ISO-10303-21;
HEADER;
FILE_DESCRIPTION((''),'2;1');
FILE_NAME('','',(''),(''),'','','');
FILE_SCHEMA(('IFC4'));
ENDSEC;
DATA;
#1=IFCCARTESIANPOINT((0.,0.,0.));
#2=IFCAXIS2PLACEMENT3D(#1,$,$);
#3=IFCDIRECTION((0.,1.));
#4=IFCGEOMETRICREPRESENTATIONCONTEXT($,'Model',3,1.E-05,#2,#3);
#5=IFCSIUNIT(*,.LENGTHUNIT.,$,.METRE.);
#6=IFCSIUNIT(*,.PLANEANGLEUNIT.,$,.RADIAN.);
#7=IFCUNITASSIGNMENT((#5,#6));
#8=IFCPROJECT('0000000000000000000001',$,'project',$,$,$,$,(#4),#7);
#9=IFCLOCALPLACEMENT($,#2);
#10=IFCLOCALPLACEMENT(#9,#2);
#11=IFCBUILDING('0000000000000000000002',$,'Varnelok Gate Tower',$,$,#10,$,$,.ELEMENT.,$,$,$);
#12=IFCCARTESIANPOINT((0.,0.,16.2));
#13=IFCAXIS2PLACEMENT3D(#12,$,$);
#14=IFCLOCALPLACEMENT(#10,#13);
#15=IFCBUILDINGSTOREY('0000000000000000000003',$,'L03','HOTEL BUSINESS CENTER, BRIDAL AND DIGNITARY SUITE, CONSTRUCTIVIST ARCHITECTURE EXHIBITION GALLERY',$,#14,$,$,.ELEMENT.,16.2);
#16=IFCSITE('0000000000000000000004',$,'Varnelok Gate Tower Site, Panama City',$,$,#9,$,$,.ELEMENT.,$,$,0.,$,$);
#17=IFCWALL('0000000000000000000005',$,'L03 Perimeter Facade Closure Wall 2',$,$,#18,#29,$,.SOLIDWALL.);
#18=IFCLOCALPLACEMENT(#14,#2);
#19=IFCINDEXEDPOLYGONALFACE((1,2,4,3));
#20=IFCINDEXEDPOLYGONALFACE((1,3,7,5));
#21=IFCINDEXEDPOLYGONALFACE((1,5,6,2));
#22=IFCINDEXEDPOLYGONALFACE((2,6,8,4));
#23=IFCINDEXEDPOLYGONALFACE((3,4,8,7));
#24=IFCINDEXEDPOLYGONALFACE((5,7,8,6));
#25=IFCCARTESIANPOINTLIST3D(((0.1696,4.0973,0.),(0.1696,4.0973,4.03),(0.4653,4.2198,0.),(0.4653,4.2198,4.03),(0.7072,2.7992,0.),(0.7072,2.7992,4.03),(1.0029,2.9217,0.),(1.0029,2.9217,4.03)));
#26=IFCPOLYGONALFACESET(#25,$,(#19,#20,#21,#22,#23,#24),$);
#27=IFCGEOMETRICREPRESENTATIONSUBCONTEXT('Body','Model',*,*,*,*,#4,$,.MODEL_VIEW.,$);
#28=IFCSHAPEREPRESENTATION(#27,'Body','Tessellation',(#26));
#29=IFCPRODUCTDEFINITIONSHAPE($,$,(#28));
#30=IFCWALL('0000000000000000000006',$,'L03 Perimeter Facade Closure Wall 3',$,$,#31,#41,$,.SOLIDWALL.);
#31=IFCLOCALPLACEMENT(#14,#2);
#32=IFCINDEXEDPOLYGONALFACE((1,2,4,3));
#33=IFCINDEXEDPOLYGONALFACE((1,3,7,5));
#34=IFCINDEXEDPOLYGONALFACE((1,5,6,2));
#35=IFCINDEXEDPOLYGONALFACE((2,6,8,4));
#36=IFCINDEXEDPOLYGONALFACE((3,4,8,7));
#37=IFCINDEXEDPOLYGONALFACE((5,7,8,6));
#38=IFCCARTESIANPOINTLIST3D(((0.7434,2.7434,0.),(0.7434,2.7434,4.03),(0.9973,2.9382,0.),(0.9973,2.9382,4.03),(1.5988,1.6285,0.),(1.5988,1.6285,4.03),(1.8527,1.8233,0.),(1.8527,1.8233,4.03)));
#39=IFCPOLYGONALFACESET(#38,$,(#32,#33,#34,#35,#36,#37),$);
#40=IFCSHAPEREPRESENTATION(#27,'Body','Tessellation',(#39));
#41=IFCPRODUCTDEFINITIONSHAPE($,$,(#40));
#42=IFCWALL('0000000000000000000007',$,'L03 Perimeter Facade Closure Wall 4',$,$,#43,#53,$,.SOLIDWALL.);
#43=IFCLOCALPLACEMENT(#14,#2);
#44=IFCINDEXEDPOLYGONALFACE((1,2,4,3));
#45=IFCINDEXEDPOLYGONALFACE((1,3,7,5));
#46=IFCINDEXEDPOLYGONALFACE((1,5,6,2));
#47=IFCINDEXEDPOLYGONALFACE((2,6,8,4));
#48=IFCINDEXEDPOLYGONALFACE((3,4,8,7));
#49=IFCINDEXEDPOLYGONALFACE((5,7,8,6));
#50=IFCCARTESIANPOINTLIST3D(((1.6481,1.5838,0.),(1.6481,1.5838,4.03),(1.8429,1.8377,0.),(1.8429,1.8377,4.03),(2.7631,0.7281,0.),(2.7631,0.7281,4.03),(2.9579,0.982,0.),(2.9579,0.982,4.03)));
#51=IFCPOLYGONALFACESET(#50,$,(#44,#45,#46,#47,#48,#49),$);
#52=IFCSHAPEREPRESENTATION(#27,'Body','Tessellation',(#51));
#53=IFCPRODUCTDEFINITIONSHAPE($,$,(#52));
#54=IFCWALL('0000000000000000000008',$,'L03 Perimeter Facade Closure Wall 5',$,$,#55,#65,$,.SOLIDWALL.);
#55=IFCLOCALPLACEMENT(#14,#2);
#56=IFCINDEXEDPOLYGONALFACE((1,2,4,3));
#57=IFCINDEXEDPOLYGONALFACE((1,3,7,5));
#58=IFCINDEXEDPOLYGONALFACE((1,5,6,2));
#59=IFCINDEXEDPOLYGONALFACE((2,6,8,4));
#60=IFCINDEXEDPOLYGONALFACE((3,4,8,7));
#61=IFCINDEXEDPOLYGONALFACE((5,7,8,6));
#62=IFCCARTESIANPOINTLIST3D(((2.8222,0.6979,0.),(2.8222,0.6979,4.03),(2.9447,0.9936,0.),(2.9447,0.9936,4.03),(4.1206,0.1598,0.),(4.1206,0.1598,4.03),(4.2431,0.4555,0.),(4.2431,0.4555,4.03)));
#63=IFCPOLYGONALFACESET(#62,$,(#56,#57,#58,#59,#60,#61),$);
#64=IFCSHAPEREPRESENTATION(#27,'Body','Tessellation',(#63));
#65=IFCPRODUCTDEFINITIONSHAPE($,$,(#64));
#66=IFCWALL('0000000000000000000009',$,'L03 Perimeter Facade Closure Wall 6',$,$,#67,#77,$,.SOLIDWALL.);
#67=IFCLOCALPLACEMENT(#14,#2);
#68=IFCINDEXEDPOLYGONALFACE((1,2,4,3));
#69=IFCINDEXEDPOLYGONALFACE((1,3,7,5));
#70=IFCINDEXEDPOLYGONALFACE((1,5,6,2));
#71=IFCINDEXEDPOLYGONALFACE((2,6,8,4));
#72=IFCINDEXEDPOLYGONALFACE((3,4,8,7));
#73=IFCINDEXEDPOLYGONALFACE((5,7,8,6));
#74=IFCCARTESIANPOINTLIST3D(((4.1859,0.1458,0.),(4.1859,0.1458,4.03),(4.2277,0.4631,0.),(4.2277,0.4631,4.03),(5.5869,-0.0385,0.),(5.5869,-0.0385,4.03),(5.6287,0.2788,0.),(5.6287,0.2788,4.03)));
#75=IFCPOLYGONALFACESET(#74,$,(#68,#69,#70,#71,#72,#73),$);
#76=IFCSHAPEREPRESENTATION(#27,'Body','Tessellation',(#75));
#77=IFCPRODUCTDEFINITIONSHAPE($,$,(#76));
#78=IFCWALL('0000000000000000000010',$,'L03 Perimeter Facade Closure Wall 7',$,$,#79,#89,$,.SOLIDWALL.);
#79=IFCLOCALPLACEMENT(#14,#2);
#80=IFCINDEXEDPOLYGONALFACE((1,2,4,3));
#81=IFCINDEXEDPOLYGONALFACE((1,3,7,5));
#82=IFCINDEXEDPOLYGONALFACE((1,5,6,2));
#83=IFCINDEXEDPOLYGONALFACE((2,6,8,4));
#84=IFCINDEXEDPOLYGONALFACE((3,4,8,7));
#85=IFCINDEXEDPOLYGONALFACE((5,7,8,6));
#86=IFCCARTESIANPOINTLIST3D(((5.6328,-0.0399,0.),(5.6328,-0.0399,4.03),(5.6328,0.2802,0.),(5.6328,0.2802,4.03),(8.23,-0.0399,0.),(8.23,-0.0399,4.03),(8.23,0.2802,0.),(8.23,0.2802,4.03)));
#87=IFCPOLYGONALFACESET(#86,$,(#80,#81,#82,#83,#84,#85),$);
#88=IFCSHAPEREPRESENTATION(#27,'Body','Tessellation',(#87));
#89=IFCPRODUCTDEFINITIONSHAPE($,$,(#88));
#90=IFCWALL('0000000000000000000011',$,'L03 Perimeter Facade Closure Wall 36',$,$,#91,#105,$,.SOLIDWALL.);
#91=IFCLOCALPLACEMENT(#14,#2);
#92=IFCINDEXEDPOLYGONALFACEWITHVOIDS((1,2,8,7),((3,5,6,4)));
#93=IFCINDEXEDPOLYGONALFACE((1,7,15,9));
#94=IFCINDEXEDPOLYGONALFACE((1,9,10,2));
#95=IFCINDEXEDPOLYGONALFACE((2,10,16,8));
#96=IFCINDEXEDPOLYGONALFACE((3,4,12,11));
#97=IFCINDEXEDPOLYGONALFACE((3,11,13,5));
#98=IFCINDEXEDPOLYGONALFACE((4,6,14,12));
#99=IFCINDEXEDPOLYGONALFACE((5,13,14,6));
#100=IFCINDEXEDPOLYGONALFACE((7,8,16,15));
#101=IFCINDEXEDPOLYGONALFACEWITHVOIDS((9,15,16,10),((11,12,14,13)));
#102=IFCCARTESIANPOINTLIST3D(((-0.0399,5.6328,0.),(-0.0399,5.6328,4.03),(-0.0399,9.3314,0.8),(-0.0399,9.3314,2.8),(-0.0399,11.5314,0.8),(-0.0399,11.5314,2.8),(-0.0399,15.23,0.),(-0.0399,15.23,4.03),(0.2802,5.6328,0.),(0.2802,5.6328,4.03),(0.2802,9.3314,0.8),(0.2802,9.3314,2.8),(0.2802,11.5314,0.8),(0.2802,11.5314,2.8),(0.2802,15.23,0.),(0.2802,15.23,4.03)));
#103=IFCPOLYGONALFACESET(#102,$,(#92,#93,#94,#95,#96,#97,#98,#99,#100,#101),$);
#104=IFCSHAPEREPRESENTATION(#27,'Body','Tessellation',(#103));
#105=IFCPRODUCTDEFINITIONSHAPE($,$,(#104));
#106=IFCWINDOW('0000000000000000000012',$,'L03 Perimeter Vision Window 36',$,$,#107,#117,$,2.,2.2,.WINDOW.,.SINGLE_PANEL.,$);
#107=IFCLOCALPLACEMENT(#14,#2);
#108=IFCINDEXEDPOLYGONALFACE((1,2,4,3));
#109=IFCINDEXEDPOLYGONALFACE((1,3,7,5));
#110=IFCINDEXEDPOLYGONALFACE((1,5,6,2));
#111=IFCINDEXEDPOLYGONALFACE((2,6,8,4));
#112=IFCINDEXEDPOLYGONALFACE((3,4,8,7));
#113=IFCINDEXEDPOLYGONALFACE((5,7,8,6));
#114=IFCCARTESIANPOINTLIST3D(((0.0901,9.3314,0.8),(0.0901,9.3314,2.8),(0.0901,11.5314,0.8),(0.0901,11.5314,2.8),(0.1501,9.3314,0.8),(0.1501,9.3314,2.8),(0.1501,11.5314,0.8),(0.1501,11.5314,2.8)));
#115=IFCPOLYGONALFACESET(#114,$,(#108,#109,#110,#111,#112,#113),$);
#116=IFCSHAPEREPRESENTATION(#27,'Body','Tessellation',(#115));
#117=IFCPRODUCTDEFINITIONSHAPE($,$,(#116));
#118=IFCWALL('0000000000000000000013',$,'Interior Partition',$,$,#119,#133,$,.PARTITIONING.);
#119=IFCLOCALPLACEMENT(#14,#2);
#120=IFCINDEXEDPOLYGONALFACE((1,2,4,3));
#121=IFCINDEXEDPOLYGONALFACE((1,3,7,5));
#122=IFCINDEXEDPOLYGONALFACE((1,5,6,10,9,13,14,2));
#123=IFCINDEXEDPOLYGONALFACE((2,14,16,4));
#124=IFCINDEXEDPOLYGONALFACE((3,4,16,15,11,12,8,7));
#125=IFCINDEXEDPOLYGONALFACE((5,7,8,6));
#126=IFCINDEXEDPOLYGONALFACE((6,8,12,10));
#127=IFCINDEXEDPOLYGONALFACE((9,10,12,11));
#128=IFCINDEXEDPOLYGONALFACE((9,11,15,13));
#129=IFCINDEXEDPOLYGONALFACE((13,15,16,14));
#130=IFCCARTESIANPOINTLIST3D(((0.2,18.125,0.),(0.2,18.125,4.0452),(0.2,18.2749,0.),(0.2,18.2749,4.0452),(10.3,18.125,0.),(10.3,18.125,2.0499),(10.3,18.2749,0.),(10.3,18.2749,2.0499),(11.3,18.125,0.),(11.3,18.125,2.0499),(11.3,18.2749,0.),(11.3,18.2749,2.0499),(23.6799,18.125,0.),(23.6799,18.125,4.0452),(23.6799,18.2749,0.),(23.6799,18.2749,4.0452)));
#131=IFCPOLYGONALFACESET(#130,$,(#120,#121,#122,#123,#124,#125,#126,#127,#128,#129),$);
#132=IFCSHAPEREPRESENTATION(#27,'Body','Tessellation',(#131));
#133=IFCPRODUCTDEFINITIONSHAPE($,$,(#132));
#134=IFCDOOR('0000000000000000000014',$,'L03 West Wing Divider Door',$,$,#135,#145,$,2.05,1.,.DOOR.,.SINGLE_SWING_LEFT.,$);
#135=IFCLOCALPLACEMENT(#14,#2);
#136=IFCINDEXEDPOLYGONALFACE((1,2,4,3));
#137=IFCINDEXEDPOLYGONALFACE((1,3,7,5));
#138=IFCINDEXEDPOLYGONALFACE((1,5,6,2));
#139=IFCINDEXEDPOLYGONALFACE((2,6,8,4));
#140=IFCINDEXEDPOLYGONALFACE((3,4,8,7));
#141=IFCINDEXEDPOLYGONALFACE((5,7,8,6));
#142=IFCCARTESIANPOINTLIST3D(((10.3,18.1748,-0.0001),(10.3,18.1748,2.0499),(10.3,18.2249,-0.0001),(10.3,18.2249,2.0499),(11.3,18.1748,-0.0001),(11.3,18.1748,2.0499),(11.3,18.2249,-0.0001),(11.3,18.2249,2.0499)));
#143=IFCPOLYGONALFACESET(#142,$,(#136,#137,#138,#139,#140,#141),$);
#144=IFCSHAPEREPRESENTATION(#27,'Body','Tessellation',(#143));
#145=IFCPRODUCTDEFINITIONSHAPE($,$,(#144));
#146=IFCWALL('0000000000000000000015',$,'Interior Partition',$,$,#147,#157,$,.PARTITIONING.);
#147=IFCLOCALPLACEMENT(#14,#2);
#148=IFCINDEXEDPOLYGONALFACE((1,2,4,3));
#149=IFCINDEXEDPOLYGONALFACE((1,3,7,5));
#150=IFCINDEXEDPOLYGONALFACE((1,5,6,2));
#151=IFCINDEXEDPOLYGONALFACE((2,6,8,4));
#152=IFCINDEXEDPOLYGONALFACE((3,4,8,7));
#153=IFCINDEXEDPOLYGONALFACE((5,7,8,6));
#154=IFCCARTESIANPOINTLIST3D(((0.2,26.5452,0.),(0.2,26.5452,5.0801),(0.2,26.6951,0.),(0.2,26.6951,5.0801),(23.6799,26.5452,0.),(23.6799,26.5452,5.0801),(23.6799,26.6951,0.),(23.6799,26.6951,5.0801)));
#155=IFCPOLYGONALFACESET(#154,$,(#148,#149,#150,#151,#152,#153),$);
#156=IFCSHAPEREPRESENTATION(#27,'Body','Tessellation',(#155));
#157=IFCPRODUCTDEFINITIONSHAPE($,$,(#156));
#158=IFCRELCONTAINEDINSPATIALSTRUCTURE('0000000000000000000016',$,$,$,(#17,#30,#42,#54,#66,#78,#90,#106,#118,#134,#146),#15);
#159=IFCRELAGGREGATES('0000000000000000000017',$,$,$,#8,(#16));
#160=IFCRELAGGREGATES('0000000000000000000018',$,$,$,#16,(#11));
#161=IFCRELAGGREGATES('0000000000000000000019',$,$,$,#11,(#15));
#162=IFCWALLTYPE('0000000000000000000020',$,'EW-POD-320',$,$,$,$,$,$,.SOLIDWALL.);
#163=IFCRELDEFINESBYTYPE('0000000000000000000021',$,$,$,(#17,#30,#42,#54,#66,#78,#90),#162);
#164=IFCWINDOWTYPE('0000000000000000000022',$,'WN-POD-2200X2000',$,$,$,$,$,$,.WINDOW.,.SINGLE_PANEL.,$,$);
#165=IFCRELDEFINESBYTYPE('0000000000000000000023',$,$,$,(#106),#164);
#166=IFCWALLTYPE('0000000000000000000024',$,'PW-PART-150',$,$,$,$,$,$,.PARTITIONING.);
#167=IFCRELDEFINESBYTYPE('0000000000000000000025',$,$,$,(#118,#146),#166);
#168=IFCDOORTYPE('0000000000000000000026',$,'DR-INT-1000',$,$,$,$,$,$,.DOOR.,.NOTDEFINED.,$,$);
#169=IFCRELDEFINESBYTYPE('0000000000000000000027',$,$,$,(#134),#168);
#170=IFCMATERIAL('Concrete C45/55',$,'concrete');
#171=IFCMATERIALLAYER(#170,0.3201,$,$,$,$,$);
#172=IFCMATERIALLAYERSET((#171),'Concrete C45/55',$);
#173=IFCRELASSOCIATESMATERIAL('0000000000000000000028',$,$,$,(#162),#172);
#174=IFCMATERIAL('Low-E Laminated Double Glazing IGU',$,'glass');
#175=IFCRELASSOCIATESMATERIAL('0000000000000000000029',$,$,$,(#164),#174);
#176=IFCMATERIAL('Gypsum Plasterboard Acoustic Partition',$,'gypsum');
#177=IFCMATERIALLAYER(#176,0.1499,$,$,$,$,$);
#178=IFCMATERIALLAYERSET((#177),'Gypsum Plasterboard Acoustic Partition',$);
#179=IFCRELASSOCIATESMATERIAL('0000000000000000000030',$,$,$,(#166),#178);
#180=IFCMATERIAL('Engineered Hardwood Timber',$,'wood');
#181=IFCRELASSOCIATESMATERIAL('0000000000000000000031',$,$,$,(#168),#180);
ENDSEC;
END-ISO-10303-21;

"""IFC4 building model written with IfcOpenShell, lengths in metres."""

from ifc_helpers import new_model, si_unit, direction, frame, frame_2d, origin, place, context, subcontext, project, spatial, rectangle, extrude, material, layer, layer_set, type_object, element, fill, save


model = new_model("IFC4")

# Units and contexts
model_context = context("Model", 3, precision=1e-05, world=origin(), true_north=direction((0.0, 1.0)))
body_context = subcontext(model_context, "Body", "Model", "MODEL_VIEW")
ifc_project = project(units=[si_unit("LENGTHUNIT", "METRE"), si_unit("PLANEANGLEUNIT", "RADIAN")], contexts=[model_context])

# Site, building, storey
site_placement = place(None, origin())
site = spatial("IfcSite", under=ifc_project, at=site_placement, Name="Varnelok Gate Tower Site, Panama City", CompositionType="ELEMENT", RefElevation=0.0)
building_placement = place(site_placement, origin())
building = spatial("IfcBuilding", under=site, at=building_placement, Name="Varnelok Gate Tower", CompositionType="ELEMENT")
storey_placement = place(building_placement, frame((0.0, 0.0, 16.2)))
storey = spatial("IfcBuildingStorey", under=building, at=storey_placement, Name="L03", Description="HOTEL BUSINESS CENTER, BRIDAL AND DIGNITARY SUITE, CONSTRUCTIVIST ARCHITECTURE EXHIBITION GALLERY", CompositionType="ELEMENT", Elevation=16.2)

# Shared definitions
ifc_material_1 = material(Name="Concrete C45/55", Category="concrete")

# Shared definitions
ifc_material_2 = material(Name="Low-E Laminated Double Glazing IGU", Category="glass")

# Walls
ifc_layer_1 = layer(ifc_material_1, 0.3201)
ifc_layer_set_1 = layer_set([ifc_layer_1], Name="Concrete C45/55")
wall_type_1 = type_object("IfcWallType", Name="EW-POD-320", PredefinedType="SOLIDWALL", material=ifc_layer_set_1)
wall_1_placement = place(storey_placement, frame((0.3174, 4.1587, 0.0), z_axis=(0.0, 0.0, 1.0), x_axis=(0.382628, -0.923902, 0.0)))
element("IfcWall", 1, at=wall_1_placement, inside=storey, type_object=wall_type_1, Name="L03 Perimeter Facade Closure Wall 2", PredefinedType="SOLIDWALL", context=body_context, shape_type="SweptSolid", body=[
    extrude(rectangle(XDim=1.405, YDim=0.3201, at=frame_2d((0.7026, 0.0))), origin(), (0.0, 0.0, 1.0), 4.03),
])
wall_2_placement = place(storey_placement, frame((0.8704, 2.8408, 0.0), z_axis=(0.0, 0.0, 1.0), x_axis=(0.60872, -0.793385, 0.0)))
element("IfcWall", 2, at=wall_2_placement, inside=storey, type_object=wall_type_1, Name="L03 Perimeter Facade Closure Wall 3", PredefinedType="SOLIDWALL", context=body_context, shape_type="SweptSolid", body=[
    extrude(rectangle(XDim=1.4053, YDim=0.3201, at=frame_2d((0.7026, 0.0))), origin(), (0.0, 0.0, 1.0), 4.03),
])
for number, where, z_axis, x_axis, name in (
    (3, (1.7456, 1.7107, 0.0), (0.0, 0.0, 1.0), (0.793302, -0.608829, 0.0), "L03 Perimeter Facade Closure Wall 4"),
    (4, (2.8835, 0.8457, 0.0), (0.0, 0.0, 1.0), (0.923805, -0.382863, 0.0), "L03 Perimeter Facade Closure Wall 5"),
):
    element("IfcWall", number, at=place(storey_placement, frame(where, z_axis=z_axis, x_axis=x_axis)), inside=storey, type_object=wall_type_1, Name=name, PredefinedType="SOLIDWALL", context=body_context, shape_type="SweptSolid", body=[
        extrude(rectangle(XDim=1.4055, YDim=0.3201, at=frame_2d((0.7026, 0.0))), origin(), (0.0, 0.0, 1.0), 4.03),
    ])
wall_3_placement = place(storey_placement, frame((4.2068, 0.3044, 0.0), z_axis=(0.0, 0.0, 1.0), x_axis=(0.991457, -0.130432, 0.0)))
element("IfcWall", 5, at=wall_3_placement, inside=storey, type_object=wall_type_1, Name="L03 Perimeter Facade Closure Wall 6", PredefinedType="SOLIDWALL", context=body_context, shape_type="SweptSolid", body=[
    extrude(rectangle(XDim=1.4131, YDim=0.3201, at=frame_2d((0.7065, 0.0))), origin(), (0.0, 0.0, 1.0), 4.03),
])
wall_4_placement = place(storey_placement, frame((5.6328, 0.1201, 0.0), z_axis=(0.0, 0.0, 1.0), x_axis=(1.0, 0.0, 0.0)))
element("IfcWall", 6, at=wall_4_placement, inside=storey, type_object=wall_type_1, Name="L03 Perimeter Facade Closure Wall 7", PredefinedType="SOLIDWALL", context=body_context, shape_type="SweptSolid", body=[
    extrude(rectangle(XDim=2.5972, YDim=0.3201, at=frame_2d((1.2986, 0.0))), origin(), (0.0, 0.0, 1.0), 4.03),
])

# Wall, opening, window
wall_5_placement = place(storey_placement, frame((0.1201, 15.23, 0.0), z_axis=(0.0, 0.0, 1.0), x_axis=(0.0, -1.0, 0.0)))
wall_5 = element("IfcWall", 7, at=wall_5_placement, inside=storey, type_object=wall_type_1, Name="L03 Perimeter Facade Closure Wall 36", PredefinedType="SOLIDWALL", context=body_context, shape_type="SweptSolid", body=[
    extrude(rectangle(XDim=9.5972, YDim=0.3201, at=frame_2d((4.7986, 0.0))), origin(), (0.0, 0.0, 1.0), 4.03),
])
opening_1_placement = place(wall_5_placement, frame((3.6985, 0.0, 0.8)))
opening_1 = element("IfcOpeningElement", 8, at=opening_1_placement, cuts=wall_5, PredefinedType="OPENING", context=body_context, shape_type="SweptSolid", body=[
    extrude(rectangle(XDim=2.2, YDim=2.0, at=frame_2d((1.1001, 1.0))), frame((0.0, 0.1699, 0.0), z_axis=(0.0, -1.0, 0.0), x_axis=(1.0, 0.0, 0.0)), (0.0, 0.0, 1.0), 0.3401),
])
window_type = type_object("IfcWindowType", Name="WN-POD-2200X2000", PartitioningType="SINGLE_PANEL", PredefinedType="WINDOW", material=ifc_material_2)
window_placement = place(opening_1_placement, origin())
window = element("IfcWindow", 9, at=window_placement, inside=storey, type_object=window_type, Name="L03 Perimeter Vision Window 36", OverallHeight=2.0, OverallWidth=2.2, PartitioningType="SINGLE_PANEL", PredefinedType="WINDOW", context=body_context, shape_type="SweptSolid", body=[
    extrude(rectangle(XDim=2.2, YDim=2.0, at=frame_2d((1.1001, 1.0))), frame((0.0, 0.03, 0.0), z_axis=(0.0, -1.0, 0.0), x_axis=(1.0, 0.0, 0.0)), (0.0, 0.0, 1.0), 0.0601),
])
fill(opening_1, window)

# Wall, opening, door
ifc_material_3 = material(Name="Gypsum Plasterboard Acoustic Partition", Category="gypsum")
ifc_layer_2 = layer(ifc_material_3, 0.1499)
ifc_layer_set_2 = layer_set([ifc_layer_2], Name="Gypsum Plasterboard Acoustic Partition")
wall_type_2 = type_object("IfcWallType", Name="PW-PART-150", PredefinedType="PARTITIONING", material=ifc_layer_set_2)
wall_6_placement = place(storey_placement, frame((0.2, 18.2, 0.0), z_axis=(0.0, 0.0, 1.0), x_axis=(1.0, 0.0, 0.0)))
wall_6 = element("IfcWall", 10, at=wall_6_placement, inside=storey, type_object=wall_type_2, Name="Interior Partition", PredefinedType="PARTITIONING", context=body_context, shape_type="SweptSolid", body=[
    extrude(rectangle(XDim=23.48, YDim=0.1499, at=frame_2d((11.74, 0.0))), origin(), (0.0, 0.0, 1.0), 4.0452),
])
opening_2_placement = place(wall_6_placement, frame((10.1001, 0.0, 0.0)))
opening_2 = element("IfcOpeningElement", 11, at=opening_2_placement, cuts=wall_6, PredefinedType="OPENING", context=body_context, shape_type="SweptSolid", body=[
    extrude(rectangle(XDim=1.0, YDim=2.05, at=frame_2d((0.5, 1.0249))), frame((0.0, 0.085, 0.0), z_axis=(0.0, -1.0, 0.0), x_axis=(1.0, 0.0, 0.0)), (0.0, 0.0, 1.0), 0.1699),
])
ifc_material_4 = material(Name="Engineered Hardwood Timber", Category="wood")
door_type = type_object("IfcDoorType", Name="DR-INT-1000", OperationType="NOTDEFINED", PredefinedType="DOOR", material=ifc_material_4)
door_placement = place(opening_2_placement, origin())
door = element("IfcDoor", 12, at=door_placement, inside=storey, type_object=door_type, Name="L03 West Wing Divider Door", OperationType="SINGLE_SWING_LEFT", OverallHeight=2.05, OverallWidth=1.0, PredefinedType="DOOR", context=body_context, shape_type="SweptSolid", body=[
    extrude(rectangle(XDim=1.0, YDim=2.05, at=frame_2d((0.5, 1.0249))), frame((0.0, 0.0249, 0.0), z_axis=(0.0, -1.0, 0.0), x_axis=(1.0, 0.0, 0.0)), (0.0, 0.0, 1.0), 0.05),
])
fill(opening_2, door)

# Wall
wall_7_placement = place(storey_placement, frame((0.2, 26.6201, 0.0), z_axis=(0.0, 0.0, 1.0), x_axis=(1.0, 0.0, 0.0)))
element("IfcWall", 13, at=wall_7_placement, inside=storey, type_object=wall_type_2, Name="Interior Partition", PredefinedType="PARTITIONING", context=body_context, shape_type="SweptSolid", body=[
    extrude(rectangle(XDim=23.48, YDim=0.1499, at=frame_2d((11.74, 0.0))), origin(), (0.0, 0.0, 1.0), 5.0801),
])

save(model, "model.ifc")
